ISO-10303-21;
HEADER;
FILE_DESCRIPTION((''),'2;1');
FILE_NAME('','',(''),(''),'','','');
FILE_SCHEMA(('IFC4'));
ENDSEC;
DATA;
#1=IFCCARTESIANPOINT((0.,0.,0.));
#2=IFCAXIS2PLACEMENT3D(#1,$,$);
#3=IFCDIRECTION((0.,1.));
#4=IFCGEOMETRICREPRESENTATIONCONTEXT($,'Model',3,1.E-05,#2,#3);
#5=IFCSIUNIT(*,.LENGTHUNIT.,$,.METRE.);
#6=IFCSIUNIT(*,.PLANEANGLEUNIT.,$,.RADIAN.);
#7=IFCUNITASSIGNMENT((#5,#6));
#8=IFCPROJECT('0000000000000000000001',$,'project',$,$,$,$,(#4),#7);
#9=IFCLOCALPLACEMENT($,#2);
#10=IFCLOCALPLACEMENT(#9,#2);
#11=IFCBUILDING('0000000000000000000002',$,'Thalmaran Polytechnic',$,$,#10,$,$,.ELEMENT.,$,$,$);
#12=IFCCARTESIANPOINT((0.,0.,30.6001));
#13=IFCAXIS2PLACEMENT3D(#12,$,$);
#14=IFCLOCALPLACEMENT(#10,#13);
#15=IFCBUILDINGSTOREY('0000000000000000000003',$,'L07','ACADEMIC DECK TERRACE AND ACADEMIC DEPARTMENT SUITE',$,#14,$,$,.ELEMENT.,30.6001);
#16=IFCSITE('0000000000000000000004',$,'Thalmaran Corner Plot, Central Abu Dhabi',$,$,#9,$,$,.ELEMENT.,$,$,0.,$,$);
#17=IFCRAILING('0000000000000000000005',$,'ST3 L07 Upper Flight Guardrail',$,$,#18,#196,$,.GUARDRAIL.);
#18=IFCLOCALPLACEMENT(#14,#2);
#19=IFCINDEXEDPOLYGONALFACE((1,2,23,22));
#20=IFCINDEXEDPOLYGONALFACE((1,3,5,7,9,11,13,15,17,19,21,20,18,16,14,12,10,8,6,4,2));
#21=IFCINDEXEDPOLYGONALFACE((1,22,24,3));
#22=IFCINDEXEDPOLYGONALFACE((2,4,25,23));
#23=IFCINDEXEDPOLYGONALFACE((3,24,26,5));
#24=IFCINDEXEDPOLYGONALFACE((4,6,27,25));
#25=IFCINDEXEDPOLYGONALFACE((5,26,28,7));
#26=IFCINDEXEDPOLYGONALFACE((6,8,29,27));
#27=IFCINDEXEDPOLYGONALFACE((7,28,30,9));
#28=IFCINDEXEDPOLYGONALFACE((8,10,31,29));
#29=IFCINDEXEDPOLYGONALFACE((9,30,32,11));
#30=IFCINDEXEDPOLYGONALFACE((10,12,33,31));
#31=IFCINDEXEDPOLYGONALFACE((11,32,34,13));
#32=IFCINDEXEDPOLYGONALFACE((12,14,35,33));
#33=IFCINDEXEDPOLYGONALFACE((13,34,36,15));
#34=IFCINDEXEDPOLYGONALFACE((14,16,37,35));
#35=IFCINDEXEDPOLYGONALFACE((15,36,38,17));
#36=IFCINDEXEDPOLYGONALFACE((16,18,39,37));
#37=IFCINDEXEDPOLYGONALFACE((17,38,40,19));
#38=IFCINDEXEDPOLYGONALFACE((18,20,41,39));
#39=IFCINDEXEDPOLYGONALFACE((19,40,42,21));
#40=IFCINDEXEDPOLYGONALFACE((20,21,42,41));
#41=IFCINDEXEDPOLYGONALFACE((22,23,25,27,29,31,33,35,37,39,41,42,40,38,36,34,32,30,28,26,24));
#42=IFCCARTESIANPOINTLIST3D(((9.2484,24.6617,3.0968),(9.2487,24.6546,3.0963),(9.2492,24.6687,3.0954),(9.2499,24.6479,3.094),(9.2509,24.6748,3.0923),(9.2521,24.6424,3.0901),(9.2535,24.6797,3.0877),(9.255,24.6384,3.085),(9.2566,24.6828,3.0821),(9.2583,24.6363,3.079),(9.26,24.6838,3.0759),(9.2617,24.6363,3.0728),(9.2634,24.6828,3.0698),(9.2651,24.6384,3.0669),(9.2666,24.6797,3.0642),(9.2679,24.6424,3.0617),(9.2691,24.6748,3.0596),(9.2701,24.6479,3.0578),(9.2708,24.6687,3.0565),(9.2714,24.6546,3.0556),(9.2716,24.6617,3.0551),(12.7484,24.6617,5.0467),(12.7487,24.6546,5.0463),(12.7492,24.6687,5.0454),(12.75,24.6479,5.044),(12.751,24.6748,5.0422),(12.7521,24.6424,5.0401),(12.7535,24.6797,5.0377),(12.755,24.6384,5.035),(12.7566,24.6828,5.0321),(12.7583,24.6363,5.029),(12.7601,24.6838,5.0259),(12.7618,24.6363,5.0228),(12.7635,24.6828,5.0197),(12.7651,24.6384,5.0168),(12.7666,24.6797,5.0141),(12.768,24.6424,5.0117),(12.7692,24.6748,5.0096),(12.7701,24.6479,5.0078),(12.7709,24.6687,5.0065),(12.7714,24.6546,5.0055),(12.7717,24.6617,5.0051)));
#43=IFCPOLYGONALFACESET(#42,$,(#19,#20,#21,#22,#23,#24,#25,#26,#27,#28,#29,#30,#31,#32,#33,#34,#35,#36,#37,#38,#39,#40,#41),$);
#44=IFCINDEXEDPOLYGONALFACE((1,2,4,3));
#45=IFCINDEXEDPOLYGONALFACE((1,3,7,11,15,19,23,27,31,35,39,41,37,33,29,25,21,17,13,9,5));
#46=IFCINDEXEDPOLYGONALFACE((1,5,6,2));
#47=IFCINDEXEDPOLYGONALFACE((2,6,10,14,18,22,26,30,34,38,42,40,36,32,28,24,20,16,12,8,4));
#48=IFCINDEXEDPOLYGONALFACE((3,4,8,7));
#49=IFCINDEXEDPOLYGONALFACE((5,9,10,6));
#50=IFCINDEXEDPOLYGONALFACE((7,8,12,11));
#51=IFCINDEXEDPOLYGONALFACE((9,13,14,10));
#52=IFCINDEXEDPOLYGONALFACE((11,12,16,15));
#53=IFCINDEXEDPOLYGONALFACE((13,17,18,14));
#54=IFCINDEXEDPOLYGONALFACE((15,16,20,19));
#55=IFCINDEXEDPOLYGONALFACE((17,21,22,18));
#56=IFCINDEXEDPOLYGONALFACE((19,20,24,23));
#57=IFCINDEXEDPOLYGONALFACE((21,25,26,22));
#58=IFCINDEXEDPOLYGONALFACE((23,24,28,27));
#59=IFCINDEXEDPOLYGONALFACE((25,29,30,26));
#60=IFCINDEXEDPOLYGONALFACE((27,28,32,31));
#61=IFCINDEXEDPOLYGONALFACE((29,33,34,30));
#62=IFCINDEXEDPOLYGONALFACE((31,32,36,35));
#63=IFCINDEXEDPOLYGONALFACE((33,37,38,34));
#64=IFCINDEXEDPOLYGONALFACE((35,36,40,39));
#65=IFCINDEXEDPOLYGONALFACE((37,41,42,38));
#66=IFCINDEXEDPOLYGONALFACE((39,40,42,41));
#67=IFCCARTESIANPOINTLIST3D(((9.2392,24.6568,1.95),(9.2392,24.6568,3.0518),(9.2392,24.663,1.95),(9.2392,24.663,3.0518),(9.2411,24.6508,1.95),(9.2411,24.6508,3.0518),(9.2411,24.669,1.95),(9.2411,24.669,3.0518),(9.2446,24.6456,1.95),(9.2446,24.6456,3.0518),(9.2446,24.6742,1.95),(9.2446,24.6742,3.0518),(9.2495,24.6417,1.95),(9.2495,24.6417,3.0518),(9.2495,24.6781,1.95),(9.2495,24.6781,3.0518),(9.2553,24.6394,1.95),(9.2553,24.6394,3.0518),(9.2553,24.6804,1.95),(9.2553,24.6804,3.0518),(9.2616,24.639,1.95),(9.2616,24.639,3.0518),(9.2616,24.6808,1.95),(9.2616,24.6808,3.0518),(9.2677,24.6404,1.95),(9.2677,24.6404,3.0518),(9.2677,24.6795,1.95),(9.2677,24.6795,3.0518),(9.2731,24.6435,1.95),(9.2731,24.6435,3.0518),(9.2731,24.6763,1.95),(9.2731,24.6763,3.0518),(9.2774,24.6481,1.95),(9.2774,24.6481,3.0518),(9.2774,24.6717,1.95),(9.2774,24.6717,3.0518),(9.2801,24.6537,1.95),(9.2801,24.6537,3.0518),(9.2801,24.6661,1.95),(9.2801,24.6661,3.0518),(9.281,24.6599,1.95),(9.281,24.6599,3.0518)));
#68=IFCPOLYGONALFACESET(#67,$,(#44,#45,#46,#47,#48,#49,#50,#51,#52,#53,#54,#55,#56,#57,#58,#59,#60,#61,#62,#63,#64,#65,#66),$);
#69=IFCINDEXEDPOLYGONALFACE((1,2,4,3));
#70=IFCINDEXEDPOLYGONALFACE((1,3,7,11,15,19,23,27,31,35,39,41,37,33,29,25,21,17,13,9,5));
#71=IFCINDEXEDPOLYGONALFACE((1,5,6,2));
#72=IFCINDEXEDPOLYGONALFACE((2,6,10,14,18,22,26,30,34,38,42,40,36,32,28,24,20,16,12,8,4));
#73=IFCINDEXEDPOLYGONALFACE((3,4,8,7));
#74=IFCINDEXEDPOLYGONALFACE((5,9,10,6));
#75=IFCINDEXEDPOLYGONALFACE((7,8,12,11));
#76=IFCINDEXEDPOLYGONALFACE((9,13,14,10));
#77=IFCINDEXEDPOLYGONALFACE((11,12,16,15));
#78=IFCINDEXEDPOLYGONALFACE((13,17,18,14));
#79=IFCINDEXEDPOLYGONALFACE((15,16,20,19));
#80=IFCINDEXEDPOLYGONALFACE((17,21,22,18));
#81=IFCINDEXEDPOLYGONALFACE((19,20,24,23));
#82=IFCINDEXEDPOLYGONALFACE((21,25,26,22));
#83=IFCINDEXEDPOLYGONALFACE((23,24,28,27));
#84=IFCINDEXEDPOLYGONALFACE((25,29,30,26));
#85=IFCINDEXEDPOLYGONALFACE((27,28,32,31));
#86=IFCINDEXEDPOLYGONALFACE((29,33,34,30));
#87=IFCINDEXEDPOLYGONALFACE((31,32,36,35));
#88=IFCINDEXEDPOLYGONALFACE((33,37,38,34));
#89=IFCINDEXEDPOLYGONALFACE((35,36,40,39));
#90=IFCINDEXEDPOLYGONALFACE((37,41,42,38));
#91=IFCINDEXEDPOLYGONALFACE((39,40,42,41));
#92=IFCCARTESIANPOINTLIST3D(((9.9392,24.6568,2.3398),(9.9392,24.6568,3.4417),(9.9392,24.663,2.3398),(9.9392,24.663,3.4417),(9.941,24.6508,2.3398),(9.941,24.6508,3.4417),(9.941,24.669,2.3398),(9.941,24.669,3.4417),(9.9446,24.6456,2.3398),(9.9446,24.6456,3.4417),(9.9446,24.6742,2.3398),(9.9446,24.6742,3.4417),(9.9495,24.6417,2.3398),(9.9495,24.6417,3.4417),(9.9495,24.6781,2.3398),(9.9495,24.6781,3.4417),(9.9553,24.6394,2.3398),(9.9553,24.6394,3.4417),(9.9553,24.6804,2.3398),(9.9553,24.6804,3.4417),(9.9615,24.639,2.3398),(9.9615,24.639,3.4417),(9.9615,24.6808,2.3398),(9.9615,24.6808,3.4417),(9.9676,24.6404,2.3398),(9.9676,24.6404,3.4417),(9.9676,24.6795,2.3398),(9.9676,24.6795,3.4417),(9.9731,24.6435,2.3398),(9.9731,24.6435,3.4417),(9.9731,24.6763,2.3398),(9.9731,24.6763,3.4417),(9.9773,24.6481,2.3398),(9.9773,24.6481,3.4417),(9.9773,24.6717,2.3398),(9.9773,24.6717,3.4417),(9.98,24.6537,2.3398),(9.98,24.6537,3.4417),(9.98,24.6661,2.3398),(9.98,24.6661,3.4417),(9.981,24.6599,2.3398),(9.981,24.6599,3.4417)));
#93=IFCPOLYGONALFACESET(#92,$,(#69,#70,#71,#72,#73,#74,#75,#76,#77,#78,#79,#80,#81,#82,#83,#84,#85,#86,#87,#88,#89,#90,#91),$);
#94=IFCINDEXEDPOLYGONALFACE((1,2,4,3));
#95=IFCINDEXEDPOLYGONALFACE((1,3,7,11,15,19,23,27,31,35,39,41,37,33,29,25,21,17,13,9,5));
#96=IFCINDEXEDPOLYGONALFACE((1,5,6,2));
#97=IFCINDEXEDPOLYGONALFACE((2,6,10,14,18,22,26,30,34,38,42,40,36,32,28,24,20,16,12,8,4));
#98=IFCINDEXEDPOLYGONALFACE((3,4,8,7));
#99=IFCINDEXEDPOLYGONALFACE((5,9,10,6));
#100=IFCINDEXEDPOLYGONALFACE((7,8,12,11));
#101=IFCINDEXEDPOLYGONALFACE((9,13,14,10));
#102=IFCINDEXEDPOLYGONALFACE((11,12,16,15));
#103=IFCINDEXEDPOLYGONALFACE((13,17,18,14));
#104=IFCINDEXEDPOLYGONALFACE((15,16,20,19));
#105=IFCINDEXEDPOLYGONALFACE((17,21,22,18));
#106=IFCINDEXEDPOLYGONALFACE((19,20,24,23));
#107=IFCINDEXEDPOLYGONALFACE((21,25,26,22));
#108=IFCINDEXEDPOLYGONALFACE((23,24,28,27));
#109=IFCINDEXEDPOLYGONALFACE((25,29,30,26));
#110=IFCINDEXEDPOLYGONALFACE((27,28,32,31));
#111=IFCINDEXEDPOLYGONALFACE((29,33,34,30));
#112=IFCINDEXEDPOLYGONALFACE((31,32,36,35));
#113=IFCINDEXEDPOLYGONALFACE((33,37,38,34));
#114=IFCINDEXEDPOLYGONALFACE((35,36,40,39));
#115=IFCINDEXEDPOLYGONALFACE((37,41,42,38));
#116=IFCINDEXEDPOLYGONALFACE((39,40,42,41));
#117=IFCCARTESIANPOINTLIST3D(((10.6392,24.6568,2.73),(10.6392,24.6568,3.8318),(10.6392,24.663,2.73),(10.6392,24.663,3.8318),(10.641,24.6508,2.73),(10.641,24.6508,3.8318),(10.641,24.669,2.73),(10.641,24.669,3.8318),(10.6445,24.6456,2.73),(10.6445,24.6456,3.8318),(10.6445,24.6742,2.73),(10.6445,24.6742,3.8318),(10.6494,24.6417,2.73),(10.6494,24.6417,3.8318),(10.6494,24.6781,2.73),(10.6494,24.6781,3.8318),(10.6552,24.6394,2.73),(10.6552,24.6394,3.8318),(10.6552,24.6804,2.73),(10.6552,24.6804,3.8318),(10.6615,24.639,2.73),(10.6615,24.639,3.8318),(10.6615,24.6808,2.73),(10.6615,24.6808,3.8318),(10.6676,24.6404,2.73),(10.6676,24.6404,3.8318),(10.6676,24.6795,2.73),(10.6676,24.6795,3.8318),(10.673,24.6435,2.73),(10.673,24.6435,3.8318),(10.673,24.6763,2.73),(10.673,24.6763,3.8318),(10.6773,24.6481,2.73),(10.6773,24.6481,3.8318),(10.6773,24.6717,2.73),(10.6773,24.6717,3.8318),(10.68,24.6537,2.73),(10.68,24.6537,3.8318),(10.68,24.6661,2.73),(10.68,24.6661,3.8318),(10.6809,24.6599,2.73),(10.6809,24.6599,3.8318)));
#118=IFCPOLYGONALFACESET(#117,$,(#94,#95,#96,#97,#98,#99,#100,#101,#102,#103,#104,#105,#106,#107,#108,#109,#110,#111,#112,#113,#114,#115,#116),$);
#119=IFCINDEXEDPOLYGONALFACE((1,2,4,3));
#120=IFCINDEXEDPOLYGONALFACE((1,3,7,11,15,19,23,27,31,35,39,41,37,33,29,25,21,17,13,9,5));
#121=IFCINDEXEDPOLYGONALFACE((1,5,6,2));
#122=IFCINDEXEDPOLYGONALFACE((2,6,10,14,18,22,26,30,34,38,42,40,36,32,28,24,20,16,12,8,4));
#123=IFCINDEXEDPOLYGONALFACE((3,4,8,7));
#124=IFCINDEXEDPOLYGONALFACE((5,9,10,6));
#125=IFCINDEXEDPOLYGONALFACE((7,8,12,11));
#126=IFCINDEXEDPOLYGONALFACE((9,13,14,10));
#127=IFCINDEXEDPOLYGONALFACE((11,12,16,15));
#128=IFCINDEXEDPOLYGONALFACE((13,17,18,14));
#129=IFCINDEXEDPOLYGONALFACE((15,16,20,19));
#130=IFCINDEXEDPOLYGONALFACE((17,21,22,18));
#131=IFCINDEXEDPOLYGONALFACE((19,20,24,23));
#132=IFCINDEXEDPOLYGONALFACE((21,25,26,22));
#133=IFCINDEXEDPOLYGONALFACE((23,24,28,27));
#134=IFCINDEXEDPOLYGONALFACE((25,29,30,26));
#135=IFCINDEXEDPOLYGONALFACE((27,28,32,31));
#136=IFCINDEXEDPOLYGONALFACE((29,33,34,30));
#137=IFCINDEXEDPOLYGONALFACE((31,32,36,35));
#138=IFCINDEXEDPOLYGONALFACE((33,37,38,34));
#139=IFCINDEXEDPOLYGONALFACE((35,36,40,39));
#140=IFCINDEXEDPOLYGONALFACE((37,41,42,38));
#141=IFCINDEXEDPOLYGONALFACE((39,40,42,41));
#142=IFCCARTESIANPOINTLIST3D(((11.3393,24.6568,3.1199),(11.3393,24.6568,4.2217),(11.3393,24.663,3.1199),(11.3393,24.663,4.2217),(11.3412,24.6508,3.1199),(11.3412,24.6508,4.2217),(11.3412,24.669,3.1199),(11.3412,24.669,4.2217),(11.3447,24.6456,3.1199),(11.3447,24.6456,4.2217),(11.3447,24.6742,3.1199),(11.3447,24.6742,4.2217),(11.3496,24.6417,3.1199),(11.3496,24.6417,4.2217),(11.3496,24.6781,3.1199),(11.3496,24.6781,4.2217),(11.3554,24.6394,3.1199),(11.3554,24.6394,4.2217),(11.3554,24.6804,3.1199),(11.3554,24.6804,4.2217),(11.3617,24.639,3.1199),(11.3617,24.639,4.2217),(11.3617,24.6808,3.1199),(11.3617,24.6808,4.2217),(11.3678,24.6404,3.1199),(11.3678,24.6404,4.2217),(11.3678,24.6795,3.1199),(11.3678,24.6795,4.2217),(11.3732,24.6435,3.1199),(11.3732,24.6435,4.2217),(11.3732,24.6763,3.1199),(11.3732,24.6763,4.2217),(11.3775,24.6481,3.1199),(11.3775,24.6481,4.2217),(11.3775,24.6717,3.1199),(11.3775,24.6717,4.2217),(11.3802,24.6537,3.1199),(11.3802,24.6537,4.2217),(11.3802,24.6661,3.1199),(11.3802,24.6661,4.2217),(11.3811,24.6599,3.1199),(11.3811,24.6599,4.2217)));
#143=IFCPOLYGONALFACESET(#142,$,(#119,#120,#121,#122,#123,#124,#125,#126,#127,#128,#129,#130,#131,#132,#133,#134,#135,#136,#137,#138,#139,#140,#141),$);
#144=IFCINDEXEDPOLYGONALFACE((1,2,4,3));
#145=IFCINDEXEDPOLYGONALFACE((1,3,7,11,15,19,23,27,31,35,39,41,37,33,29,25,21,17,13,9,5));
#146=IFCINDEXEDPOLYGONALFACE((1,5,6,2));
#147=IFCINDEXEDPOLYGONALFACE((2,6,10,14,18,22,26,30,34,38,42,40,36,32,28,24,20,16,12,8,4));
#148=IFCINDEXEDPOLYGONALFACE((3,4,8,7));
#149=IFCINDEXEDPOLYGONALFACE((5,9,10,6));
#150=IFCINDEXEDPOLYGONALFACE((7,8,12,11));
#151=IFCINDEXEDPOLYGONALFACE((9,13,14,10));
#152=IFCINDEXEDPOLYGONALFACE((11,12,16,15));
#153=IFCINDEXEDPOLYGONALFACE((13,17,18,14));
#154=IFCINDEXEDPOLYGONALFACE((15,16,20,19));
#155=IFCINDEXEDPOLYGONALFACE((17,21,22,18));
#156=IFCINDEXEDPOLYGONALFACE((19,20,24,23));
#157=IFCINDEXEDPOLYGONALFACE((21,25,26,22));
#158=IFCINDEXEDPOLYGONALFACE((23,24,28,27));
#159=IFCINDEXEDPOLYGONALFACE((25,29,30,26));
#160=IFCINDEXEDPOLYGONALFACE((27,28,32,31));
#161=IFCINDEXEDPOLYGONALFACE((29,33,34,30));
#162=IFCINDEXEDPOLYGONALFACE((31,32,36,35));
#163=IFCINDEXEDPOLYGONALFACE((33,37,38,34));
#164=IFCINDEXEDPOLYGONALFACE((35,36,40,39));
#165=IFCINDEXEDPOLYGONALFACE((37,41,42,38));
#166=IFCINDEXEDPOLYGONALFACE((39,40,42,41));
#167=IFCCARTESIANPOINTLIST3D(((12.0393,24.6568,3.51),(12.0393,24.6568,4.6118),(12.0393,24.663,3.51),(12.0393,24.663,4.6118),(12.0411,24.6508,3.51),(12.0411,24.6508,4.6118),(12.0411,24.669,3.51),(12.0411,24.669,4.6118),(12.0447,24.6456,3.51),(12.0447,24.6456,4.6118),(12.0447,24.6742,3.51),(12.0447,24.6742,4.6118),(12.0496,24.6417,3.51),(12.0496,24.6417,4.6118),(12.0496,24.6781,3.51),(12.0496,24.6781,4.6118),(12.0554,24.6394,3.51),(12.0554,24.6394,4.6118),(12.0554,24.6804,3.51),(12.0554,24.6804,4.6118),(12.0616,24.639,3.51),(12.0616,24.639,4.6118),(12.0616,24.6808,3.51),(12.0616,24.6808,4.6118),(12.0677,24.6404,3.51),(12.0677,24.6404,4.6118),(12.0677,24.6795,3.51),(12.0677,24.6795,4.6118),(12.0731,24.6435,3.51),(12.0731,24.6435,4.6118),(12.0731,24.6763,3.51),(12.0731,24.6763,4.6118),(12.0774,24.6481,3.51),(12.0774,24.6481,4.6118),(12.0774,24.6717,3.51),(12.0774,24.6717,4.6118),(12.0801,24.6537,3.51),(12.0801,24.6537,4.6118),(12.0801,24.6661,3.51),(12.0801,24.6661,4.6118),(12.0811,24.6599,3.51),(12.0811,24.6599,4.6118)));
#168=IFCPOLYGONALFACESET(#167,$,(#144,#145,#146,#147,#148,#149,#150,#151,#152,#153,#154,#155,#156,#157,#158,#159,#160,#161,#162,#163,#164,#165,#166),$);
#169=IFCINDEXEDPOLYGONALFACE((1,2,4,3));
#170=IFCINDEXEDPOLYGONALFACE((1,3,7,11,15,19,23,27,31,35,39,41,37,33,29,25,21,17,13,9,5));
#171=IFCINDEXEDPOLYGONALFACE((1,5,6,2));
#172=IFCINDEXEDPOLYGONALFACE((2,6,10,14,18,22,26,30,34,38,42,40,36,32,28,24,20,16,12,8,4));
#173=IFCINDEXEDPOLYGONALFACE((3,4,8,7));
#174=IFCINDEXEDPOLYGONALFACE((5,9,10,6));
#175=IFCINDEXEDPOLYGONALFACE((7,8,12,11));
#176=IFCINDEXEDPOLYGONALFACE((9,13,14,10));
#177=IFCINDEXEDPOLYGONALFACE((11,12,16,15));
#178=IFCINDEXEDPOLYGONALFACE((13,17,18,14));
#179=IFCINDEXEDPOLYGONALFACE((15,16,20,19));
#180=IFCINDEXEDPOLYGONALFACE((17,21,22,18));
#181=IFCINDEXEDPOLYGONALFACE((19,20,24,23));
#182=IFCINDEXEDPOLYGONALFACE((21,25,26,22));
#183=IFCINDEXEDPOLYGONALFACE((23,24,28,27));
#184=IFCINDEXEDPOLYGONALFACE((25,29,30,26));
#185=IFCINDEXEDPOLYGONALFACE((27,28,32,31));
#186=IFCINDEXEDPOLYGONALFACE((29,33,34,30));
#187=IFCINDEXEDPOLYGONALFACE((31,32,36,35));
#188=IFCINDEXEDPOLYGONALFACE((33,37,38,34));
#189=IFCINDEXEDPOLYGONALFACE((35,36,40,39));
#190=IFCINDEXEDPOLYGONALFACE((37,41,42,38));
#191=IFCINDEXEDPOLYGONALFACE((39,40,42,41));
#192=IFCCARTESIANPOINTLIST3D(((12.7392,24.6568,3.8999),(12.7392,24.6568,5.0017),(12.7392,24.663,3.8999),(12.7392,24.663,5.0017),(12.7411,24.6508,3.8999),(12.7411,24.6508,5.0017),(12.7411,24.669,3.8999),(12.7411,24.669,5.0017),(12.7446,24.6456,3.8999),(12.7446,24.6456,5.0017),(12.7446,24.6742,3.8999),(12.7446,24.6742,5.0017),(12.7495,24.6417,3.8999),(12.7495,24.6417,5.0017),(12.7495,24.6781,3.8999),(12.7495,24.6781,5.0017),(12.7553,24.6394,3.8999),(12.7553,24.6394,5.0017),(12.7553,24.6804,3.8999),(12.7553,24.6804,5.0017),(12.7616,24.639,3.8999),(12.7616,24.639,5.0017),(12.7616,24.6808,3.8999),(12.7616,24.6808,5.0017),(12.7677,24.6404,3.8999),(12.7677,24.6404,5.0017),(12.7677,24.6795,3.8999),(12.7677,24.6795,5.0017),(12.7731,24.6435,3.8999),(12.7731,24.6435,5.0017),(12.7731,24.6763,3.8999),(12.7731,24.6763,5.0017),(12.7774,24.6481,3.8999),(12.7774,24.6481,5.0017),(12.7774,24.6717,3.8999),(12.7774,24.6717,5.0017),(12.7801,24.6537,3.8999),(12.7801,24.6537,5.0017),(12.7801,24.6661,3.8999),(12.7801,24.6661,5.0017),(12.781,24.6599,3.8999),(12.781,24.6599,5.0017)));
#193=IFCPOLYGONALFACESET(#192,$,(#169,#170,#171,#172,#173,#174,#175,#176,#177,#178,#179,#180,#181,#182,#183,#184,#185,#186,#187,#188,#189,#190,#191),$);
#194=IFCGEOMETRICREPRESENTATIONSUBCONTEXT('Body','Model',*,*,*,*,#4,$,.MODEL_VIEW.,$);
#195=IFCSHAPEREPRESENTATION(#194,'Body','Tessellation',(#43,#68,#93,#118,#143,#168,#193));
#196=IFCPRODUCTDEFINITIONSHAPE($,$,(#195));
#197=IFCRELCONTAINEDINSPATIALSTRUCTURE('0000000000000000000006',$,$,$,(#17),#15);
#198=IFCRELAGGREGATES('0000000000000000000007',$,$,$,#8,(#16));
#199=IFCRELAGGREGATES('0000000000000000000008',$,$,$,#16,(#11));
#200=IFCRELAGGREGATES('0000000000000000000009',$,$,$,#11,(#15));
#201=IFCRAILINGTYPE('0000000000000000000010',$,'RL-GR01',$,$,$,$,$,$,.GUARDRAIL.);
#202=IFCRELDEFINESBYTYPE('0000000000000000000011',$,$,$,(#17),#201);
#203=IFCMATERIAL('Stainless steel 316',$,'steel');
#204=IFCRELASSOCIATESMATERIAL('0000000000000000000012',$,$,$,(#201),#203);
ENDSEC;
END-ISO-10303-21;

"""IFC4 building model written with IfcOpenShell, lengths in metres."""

from ifc_helpers import new_model, si_unit, direction, frame, origin, origin_2d, place, context, subcontext, project, spatial, circle, extrude, material, type_object, element, save


model = new_model("IFC4")

# Units and contexts
model_context = context("Model", 3, precision=1e-05, world=origin(), true_north=direction((0.0, 1.0)))
body_context = subcontext(model_context, "Body", "Model", "MODEL_VIEW")
ifc_project = project(units=[si_unit("LENGTHUNIT", "METRE"), si_unit("PLANEANGLEUNIT", "RADIAN")], contexts=[model_context])

# Site, building, storey
site_placement = place(None, origin())
site = spatial("IfcSite", under=ifc_project, at=site_placement, Name="Thalmaran Corner Plot, Central Abu Dhabi", CompositionType="ELEMENT", RefElevation=0.0)
building_placement = place(site_placement, origin())
building = spatial("IfcBuilding", under=site, at=building_placement, Name="Thalmaran Polytechnic", CompositionType="ELEMENT")
storey_placement = place(building_placement, frame((0.0, 0.0, 30.6001)))
storey = spatial("IfcBuildingStorey", under=building, at=storey_placement, Name="L07", Description="ACADEMIC DECK TERRACE AND ACADEMIC DEPARTMENT SUITE", CompositionType="ELEMENT", Elevation=30.6001)

# Railing
ifc_material_1 = material(Name="Stainless steel 316", Category="steel")
railing_type_1 = type_object("IfcRailingType", Name="RL-GR01", PredefinedType="GUARDRAIL", material=ifc_material_1)
railing_1_placement = place(storey_placement, frame((9.26, 24.6599, 1.95)))
element("IfcRailing", 1, at=railing_1_placement, inside=storey, type_object=railing_type_1, Name="ST3 L07 Upper Flight Guardrail", PredefinedType="GUARDRAIL", context=body_context, shape_type="SweptSolid", body=[
    extrude(circle(Radius=0.0239, at=origin_2d()), frame((0.0, 0.0, 1.126), z_axis=(0.873573, 0.0, 0.486693), x_axis=(0.0, 1.0, 0.0)), (0.0, 0.0, 1.0), 4.0066),
    extrude(circle(Radius=0.021, at=origin_2d()), origin(), (0.0, 0.0, 1.0), 1.1018),
    extrude(circle(Radius=0.021, at=origin_2d()), frame((0.7, 0.0, 0.3899)), (0.0, 0.0, 1.0), 1.1018),
    extrude(circle(Radius=0.021, at=origin_2d()), frame((1.3999, 0.0, 0.78)), (0.0, 0.0, 1.0), 1.1018),
    extrude(circle(Radius=0.021, at=origin_2d()), frame((2.1001, 0.0, 1.1699)), (0.0, 0.0, 1.0), 1.1018),
    extrude(circle(Radius=0.021, at=origin_2d()), frame((2.8, 0.0, 1.5601)), (0.0, 0.0, 1.0), 1.1018),
    extrude(circle(Radius=0.021, at=origin_2d()), frame((3.5, 0.0, 1.95)), (0.0, 0.0, 1.0), 1.1018),
])

save(model, "model.ifc")
